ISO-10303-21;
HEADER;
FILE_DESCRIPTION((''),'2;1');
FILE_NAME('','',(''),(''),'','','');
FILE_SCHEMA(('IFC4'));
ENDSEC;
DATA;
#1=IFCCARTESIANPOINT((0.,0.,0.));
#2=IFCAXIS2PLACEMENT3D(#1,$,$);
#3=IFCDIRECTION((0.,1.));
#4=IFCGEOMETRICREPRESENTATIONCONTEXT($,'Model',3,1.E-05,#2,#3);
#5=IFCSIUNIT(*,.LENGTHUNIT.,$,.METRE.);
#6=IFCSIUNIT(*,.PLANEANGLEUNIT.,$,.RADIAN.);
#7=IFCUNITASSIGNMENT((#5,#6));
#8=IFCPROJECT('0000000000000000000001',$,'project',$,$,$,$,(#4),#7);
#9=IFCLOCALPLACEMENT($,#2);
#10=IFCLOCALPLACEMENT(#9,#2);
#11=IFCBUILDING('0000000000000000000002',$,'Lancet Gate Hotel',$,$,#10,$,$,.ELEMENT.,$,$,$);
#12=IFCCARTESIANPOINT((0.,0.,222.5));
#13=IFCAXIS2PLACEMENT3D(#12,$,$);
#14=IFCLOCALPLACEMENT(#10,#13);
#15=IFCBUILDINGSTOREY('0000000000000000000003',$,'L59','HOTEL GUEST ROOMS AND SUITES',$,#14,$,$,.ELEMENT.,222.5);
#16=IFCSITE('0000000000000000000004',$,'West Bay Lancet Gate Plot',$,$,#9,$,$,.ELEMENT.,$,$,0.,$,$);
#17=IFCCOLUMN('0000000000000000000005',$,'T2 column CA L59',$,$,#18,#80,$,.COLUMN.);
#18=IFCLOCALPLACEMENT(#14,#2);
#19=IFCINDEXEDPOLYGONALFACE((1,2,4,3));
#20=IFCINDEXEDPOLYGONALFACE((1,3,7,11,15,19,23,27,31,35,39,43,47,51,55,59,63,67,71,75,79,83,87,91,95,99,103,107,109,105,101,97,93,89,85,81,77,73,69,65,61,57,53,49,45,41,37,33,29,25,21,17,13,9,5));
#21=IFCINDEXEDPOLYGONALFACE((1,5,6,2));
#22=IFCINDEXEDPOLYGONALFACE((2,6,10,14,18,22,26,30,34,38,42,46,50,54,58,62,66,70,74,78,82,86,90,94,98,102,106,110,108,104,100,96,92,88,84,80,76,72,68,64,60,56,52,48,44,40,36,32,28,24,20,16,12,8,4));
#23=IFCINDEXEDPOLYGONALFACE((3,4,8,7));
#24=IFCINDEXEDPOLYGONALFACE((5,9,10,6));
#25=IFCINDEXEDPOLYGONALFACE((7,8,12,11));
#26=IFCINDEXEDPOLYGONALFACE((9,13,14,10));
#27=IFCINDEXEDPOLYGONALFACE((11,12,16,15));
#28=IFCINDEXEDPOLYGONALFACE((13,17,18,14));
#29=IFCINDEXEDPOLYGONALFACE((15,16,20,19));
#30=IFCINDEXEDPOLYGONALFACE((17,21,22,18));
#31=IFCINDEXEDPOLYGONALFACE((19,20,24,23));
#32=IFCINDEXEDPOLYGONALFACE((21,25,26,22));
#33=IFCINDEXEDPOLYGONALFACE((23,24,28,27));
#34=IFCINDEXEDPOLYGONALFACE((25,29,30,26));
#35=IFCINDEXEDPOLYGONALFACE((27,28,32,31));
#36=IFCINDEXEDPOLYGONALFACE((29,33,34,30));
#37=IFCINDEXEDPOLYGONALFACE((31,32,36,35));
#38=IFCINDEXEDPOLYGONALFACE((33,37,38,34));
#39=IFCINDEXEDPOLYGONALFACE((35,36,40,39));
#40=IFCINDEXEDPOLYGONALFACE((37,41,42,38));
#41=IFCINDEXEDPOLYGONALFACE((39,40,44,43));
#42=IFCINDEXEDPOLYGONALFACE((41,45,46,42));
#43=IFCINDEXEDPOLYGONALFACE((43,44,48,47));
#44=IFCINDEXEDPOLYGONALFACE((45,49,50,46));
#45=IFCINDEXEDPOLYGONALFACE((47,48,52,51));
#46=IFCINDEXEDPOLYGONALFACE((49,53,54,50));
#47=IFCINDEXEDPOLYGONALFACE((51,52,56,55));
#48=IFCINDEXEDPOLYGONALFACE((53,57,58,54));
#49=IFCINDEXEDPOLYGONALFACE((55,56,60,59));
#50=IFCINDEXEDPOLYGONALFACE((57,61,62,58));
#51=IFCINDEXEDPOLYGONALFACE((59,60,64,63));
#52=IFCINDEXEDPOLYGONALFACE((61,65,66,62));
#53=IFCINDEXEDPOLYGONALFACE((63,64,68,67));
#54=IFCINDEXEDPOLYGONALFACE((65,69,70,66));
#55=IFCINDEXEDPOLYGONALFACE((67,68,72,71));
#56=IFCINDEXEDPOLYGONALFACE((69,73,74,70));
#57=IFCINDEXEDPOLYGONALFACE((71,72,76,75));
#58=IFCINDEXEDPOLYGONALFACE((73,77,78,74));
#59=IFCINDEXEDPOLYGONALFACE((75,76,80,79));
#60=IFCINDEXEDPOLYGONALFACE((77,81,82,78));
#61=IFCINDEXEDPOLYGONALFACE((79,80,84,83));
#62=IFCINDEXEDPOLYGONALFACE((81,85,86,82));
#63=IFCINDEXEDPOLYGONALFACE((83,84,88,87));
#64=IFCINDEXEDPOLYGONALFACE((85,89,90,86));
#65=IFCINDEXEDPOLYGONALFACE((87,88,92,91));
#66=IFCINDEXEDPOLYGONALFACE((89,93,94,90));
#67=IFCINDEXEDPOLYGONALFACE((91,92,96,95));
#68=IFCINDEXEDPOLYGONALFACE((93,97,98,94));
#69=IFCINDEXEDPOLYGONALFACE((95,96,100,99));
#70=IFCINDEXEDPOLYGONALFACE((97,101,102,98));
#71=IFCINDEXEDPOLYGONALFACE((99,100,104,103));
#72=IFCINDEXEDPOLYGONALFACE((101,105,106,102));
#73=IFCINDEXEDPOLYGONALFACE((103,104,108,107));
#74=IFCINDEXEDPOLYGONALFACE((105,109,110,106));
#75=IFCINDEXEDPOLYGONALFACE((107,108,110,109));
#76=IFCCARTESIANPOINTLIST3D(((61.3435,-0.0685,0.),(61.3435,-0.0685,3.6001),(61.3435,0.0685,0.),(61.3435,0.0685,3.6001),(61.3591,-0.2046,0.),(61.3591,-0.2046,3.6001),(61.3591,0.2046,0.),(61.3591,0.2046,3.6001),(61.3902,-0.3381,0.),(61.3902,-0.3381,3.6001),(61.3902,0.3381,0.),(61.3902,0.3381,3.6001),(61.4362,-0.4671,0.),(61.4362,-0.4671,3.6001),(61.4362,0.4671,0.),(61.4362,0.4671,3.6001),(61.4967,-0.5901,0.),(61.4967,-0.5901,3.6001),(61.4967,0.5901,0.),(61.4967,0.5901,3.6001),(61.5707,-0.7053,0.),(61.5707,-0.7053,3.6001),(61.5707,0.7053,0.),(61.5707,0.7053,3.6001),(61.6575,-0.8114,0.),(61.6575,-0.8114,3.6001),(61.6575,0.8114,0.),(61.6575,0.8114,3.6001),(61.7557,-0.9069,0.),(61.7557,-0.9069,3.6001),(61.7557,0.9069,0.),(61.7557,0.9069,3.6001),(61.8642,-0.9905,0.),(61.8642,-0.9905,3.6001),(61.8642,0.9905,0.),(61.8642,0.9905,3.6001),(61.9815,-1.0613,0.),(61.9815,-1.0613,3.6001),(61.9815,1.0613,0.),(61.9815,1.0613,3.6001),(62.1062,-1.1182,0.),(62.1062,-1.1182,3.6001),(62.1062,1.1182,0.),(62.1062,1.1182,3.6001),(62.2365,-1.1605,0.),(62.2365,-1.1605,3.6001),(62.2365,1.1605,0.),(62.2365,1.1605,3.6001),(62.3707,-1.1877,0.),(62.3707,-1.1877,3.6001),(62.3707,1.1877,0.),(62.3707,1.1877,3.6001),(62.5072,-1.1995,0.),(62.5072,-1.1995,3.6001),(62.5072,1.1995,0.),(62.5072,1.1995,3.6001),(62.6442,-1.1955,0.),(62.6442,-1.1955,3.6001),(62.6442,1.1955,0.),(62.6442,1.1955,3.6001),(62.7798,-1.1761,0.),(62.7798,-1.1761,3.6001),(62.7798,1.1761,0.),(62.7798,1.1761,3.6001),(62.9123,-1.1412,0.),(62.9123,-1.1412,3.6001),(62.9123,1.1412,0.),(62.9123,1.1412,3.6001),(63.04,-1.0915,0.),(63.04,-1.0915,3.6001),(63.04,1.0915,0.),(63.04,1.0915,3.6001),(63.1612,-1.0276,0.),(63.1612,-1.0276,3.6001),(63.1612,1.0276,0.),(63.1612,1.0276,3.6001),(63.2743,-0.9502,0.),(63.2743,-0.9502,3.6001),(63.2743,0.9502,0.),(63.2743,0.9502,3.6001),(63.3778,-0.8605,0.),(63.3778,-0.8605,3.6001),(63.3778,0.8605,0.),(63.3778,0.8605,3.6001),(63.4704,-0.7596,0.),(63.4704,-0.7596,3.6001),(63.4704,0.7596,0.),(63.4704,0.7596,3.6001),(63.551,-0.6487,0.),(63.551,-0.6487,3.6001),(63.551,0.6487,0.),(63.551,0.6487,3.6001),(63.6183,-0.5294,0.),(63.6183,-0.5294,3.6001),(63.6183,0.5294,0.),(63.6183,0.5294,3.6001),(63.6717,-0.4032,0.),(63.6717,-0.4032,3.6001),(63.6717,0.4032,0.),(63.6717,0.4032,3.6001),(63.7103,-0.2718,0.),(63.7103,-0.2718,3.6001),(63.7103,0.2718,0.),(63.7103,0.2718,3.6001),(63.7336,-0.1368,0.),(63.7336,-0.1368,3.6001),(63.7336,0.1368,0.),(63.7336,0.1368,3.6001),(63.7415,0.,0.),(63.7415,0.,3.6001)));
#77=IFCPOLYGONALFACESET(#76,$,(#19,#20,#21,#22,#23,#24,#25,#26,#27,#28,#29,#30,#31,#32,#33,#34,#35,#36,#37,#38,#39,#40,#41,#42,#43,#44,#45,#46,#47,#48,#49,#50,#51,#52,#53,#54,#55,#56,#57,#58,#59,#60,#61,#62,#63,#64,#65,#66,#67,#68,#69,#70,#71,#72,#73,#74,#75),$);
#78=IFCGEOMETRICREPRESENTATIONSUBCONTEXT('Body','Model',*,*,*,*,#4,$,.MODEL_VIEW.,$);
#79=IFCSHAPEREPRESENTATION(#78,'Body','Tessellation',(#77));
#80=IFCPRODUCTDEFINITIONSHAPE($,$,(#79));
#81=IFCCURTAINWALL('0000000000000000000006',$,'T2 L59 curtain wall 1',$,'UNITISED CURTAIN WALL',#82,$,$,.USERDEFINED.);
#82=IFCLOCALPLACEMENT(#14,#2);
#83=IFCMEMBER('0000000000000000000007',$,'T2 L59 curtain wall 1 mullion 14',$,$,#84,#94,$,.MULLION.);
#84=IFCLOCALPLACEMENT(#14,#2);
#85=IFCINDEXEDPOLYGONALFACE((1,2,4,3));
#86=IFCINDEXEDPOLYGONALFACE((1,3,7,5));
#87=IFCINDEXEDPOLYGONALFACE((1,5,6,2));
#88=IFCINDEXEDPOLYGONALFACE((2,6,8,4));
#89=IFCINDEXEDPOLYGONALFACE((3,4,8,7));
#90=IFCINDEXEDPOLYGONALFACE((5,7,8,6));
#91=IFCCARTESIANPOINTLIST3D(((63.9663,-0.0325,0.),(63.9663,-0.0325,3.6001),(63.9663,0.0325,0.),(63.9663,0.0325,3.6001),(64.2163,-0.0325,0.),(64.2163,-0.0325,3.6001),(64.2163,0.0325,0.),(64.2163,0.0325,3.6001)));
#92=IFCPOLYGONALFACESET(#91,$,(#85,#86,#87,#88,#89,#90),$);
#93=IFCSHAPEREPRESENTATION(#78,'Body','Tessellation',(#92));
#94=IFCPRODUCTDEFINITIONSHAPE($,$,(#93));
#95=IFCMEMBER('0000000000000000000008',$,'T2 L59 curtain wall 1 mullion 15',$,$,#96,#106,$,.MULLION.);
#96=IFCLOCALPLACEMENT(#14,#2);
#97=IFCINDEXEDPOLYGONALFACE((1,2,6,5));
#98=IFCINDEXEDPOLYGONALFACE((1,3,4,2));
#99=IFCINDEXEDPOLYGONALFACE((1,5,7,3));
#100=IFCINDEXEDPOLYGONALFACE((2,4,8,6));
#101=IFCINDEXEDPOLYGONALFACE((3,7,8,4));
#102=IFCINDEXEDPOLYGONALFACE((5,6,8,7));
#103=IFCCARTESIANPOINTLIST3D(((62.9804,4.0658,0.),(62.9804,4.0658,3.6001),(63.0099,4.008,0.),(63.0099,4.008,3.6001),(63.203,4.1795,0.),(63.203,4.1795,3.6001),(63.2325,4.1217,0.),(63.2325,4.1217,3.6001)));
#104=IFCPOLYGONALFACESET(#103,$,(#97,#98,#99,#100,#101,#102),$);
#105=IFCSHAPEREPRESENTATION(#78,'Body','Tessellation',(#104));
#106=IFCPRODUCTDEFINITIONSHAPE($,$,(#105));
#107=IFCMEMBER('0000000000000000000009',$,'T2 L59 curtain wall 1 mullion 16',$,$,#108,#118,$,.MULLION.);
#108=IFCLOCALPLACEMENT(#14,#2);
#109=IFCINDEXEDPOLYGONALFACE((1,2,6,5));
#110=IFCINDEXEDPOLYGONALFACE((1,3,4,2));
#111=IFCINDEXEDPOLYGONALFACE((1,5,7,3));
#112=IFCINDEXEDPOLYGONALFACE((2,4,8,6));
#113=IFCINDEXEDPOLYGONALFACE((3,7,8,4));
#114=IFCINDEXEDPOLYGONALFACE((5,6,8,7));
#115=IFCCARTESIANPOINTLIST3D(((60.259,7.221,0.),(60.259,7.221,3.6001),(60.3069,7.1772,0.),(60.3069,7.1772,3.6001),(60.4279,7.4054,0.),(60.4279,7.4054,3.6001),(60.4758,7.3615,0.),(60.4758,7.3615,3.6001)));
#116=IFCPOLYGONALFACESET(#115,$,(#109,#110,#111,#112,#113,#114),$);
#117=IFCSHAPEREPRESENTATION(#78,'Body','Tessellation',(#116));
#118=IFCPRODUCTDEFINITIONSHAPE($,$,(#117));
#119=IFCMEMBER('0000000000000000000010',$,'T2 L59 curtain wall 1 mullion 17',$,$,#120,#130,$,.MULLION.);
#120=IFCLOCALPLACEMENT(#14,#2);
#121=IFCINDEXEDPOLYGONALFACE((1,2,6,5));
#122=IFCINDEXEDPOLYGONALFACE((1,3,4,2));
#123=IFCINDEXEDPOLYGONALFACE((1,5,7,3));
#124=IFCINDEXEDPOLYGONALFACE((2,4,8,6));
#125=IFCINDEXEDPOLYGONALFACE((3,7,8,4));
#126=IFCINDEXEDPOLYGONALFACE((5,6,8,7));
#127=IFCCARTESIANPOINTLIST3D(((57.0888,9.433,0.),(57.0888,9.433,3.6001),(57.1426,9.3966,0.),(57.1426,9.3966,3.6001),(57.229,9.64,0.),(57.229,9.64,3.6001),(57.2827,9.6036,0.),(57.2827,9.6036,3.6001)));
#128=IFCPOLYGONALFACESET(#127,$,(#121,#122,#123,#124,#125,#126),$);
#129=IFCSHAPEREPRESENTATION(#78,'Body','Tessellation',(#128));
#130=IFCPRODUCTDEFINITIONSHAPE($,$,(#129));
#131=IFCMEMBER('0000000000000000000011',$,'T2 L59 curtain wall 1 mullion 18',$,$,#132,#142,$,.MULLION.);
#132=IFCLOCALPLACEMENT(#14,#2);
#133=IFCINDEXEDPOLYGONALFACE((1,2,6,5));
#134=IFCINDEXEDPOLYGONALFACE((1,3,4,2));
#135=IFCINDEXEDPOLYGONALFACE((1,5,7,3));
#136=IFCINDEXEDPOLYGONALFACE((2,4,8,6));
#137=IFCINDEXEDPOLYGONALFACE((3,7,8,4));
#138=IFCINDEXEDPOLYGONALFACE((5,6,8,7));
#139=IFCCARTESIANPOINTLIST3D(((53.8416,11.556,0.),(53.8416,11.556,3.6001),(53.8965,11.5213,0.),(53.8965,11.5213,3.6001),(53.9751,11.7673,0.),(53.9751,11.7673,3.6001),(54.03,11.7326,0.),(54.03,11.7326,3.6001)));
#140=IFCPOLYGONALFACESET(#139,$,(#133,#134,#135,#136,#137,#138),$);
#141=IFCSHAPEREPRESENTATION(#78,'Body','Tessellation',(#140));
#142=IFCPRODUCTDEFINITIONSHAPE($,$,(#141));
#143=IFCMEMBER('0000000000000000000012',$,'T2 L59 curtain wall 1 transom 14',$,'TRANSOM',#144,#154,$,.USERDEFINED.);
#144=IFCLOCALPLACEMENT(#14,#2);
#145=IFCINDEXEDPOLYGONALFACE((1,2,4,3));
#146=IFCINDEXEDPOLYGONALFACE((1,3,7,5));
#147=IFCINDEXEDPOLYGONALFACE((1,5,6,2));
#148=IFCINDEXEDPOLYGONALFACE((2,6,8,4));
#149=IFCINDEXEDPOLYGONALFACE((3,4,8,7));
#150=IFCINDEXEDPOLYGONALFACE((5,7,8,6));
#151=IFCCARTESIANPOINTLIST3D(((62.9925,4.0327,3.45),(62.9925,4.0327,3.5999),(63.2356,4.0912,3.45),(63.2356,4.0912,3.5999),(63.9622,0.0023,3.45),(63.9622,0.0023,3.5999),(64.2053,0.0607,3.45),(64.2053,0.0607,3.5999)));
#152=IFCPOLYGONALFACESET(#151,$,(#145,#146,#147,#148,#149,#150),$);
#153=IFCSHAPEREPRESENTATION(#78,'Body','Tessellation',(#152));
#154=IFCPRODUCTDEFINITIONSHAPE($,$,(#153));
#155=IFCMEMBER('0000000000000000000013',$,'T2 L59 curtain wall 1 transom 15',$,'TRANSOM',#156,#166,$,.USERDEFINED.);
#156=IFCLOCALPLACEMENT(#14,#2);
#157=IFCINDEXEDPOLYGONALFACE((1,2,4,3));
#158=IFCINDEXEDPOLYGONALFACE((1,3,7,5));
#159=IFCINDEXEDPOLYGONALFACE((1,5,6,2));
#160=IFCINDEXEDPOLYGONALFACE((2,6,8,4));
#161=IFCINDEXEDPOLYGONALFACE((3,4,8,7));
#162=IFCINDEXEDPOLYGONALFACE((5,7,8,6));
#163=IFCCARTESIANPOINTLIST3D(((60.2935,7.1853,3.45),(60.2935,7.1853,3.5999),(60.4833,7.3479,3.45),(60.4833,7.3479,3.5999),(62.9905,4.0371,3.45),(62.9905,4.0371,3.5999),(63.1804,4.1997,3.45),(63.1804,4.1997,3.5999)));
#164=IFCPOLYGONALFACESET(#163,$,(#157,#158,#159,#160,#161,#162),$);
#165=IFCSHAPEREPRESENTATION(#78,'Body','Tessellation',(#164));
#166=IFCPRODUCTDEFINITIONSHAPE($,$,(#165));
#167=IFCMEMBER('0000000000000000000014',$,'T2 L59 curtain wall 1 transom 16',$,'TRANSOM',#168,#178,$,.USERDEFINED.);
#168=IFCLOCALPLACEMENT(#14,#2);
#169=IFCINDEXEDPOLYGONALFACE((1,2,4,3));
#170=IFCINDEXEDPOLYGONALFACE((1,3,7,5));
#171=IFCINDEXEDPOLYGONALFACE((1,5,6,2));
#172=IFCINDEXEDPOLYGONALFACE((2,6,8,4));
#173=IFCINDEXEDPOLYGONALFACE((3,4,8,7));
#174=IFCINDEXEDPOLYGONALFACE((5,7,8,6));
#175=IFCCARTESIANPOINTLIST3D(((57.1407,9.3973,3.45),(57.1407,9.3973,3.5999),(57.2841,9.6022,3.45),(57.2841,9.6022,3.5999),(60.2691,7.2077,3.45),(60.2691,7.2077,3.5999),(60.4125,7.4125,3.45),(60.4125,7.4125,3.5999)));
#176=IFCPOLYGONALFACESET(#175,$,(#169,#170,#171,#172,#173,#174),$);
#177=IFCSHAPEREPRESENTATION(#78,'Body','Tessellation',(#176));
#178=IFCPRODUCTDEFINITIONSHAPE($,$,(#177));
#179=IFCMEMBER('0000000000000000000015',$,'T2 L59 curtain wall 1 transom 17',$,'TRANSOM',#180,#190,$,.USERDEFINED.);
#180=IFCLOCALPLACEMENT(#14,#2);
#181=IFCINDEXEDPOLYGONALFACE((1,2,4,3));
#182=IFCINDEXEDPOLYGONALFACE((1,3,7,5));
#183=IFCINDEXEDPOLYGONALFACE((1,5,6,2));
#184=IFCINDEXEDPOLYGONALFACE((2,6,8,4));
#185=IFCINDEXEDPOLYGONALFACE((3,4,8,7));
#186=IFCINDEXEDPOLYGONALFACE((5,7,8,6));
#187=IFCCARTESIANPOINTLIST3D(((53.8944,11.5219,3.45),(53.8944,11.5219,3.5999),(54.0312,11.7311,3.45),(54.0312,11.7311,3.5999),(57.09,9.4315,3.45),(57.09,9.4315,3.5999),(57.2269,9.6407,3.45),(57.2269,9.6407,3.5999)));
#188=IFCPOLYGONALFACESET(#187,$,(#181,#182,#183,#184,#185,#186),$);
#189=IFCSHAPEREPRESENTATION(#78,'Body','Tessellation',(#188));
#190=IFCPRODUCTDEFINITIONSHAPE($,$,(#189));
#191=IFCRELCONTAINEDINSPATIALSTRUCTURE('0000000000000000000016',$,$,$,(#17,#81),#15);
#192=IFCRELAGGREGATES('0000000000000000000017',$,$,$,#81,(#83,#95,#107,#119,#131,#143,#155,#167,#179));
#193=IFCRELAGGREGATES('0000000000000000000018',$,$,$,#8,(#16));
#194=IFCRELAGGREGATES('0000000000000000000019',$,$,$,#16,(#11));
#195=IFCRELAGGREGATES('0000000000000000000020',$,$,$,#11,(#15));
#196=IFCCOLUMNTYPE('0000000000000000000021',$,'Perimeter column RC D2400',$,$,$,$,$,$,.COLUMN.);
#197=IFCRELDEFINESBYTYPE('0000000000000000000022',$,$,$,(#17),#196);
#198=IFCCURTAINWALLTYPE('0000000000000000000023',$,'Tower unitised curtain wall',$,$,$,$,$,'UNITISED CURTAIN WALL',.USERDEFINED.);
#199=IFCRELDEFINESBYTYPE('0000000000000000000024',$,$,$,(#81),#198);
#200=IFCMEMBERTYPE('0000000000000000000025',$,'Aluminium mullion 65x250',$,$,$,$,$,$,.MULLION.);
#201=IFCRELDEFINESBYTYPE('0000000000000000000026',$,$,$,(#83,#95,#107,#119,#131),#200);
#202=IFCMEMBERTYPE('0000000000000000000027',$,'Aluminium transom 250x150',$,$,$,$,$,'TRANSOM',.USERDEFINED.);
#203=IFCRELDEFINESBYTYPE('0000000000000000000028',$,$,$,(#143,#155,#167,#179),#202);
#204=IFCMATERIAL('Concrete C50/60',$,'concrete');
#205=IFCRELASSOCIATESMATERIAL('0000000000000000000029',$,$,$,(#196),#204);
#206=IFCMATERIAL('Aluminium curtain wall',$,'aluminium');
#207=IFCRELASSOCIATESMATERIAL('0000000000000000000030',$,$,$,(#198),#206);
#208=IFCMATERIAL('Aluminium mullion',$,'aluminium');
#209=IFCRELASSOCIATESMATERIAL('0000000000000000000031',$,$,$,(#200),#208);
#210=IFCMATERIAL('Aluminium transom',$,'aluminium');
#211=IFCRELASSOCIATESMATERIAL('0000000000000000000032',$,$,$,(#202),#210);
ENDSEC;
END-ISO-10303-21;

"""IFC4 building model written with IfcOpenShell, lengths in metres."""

from ifc_helpers import new_model, si_unit, direction, frame, origin, origin_2d, place, context, subcontext, project, spatial, rectangle, circle, extrude, material, material_profile, profile_set, type_object, element, aggregate, save


model = new_model("IFC4")

# Units and contexts
model_context = context("Model", 3, precision=1e-05, world=origin(), true_north=direction((0.0, 1.0)))
body_context = subcontext(model_context, "Body", "Model", "MODEL_VIEW")
ifc_project = project(units=[si_unit("LENGTHUNIT", "METRE"), si_unit("PLANEANGLEUNIT", "RADIAN")], contexts=[model_context])

# Site, building, storey
site_placement = place(None, origin())
site = spatial("IfcSite", under=ifc_project, at=site_placement, Name="West Bay Lancet Gate Plot", CompositionType="ELEMENT", RefElevation=0.0)
building_placement = place(site_placement, origin())
building = spatial("IfcBuilding", under=site, at=building_placement, Name="Lancet Gate Hotel", CompositionType="ELEMENT")
storey_placement = place(building_placement, frame((0.0, 0.0, 222.5)))
storey = spatial("IfcBuildingStorey", under=building, at=storey_placement, Name="L59", Description="HOTEL GUEST ROOMS AND SUITES", CompositionType="ELEMENT", Elevation=222.5)

# Column
ifc_material_1 = material(Name="Concrete C50/60", Category="concrete")
ifc_material_profile_1 = material_profile(ifc_material_1, circle(Radius=1.2, at=origin_2d()), Name="RC D2400")
ifc_profile_set_1 = profile_set([ifc_material_profile_1], Name="Concrete C50/60")
column_type = type_object("IfcColumnType", Name="Perimeter column RC D2400", PredefinedType="COLUMN", material=ifc_profile_set_1)
column_placement = place(storey_placement, frame((62.5415, 0.0, 0.0), z_axis=(0.0, 0.0, 1.0), x_axis=(1.0, 0.0, 0.0)))
element("IfcColumn", 1, at=column_placement, inside=storey, type_object=column_type, Name="T2 column CA L59", PredefinedType="COLUMN", context=body_context, shape_type="SweptSolid", body=[
    extrude(circle(Radius=1.2, at=origin_2d()), origin(), (0.0, 0.0, 1.0), 3.6001),
])

# Curtain wall, members
ifc_material_2 = material(Name="Aluminium curtain wall", Category="aluminium")
curtain_wall_type = type_object("IfcCurtainWallType", Name="Tower unitised curtain wall", ElementType="UNITISED CURTAIN WALL", PredefinedType="USERDEFINED", material=ifc_material_2)
curtain_wall_placement = place(storey_placement, origin())
curtain_wall = element("IfcCurtainWall", 2, at=curtain_wall_placement, inside=storey, type_object=curtain_wall_type, Name="T2 L59 curtain wall 1", ObjectType="UNITISED CURTAIN WALL", PredefinedType="USERDEFINED")
ifc_material_3 = material(Name="Aluminium mullion", Category="aluminium")
ifc_material_profile_2 = material_profile(ifc_material_3, rectangle(XDim=0.0649, YDim=0.25, at=origin_2d()), Name="MULLION 65x250")
ifc_profile_set_2 = profile_set([ifc_material_profile_2], Name="Aluminium mullion")
member_type_1 = type_object("IfcMemberType", Name="Aluminium mullion 65x250", PredefinedType="MULLION", material=ifc_profile_set_2)
member_1_placement = place(storey_placement, frame((64.0913, 0.0, 0.0), z_axis=(0.0, 0.0, 1.0), x_axis=(0.0, 1.0, 0.0)))
member_1 = element("IfcMember", 3, at=member_1_placement, type_object=member_type_1, Name="T2 L59 curtain wall 1 mullion 14", PredefinedType="MULLION", context=body_context, shape_type="SweptSolid", body=[
    extrude(rectangle(XDim=0.0649, YDim=0.25, at=origin_2d()), origin(), (0.0, 0.0, 1.0), 3.6001),
])
member_2_placement = place(storey_placement, frame((63.1064, 4.0938, 0.0), z_axis=(0.0, 0.0, 1.0), x_axis=(-0.454853, 0.890567, 0.0)))
member_2 = element("IfcMember", 4, at=member_2_placement, type_object=member_type_1, Name="T2 L59 curtain wall 1 mullion 15", PredefinedType="MULLION", context=body_context, shape_type="SweptSolid", body=[
    extrude(rectangle(XDim=0.0649, YDim=0.25, at=origin_2d()), origin(), (0.0, 0.0, 1.0), 3.6001),
])
member_3_placement = place(storey_placement, frame((60.3674, 7.2913, 0.0), z_axis=(0.0, 0.0, 1.0), x_axis=(-0.737323, 0.67554, 0.0)))
member_3 = element("IfcMember", 5, at=member_3_placement, type_object=member_type_1, Name="T2 L59 curtain wall 1 mullion 16", PredefinedType="MULLION", context=body_context, shape_type="SweptSolid", body=[
    extrude(rectangle(XDim=0.0649, YDim=0.25, at=origin_2d()), origin(), (0.0, 0.0, 1.0), 3.6001),
])
member_4_placement = place(storey_placement, frame((57.1858, 9.5183, 0.0), z_axis=(0.0, 0.0, 1.0), x_axis=(-0.828155, 0.5605, 0.0)))
member_4 = element("IfcMember", 6, at=member_4_placement, type_object=member_type_1, Name="T2 L59 curtain wall 1 mullion 17", PredefinedType="MULLION", context=body_context, shape_type="SweptSolid", body=[
    extrude(rectangle(XDim=0.0649, YDim=0.25, at=origin_2d()), origin(), (0.0, 0.0, 1.0), 3.6001),
])
member_5_placement = place(storey_placement, frame((53.9358, 11.6443, 0.0), z_axis=(0.0, 0.0, 1.0), x_axis=(-0.84534, 0.534229, 0.0)))
member_5 = element("IfcMember", 7, at=member_5_placement, type_object=member_type_1, Name="T2 L59 curtain wall 1 mullion 18", PredefinedType="MULLION", context=body_context, shape_type="SweptSolid", body=[
    extrude(rectangle(XDim=0.0649, YDim=0.25, at=origin_2d()), origin(), (0.0, 0.0, 1.0), 3.6001),
])
ifc_material_4 = material(Name="Aluminium transom", Category="aluminium")
ifc_material_profile_3 = material_profile(ifc_material_4, rectangle(XDim=0.25, YDim=0.1499, at=origin_2d()), Name="TRANSOM 250x150")
ifc_profile_set_3 = profile_set([ifc_material_profile_3], Name="Aluminium transom")
member_type_2 = type_object("IfcMemberType", Name="Aluminium transom 250x150", ElementType="TRANSOM", PredefinedType="USERDEFINED", material=ifc_profile_set_3)
member_6_placement = place(storey_placement, frame((64.0837, 0.0315, 3.5249), z_axis=(-0.233921, 0.972256, 0.0), x_axis=(-0.972256, -0.233921, 0.0)))
member_6 = element("IfcMember", 8, at=member_6_placement, type_object=member_type_2, Name="T2 L59 curtain wall 1 transom 14", ObjectType="TRANSOM", PredefinedType="USERDEFINED", context=body_context, shape_type="SweptSolid", body=[
    extrude(rectangle(XDim=0.25, YDim=0.1499, at=origin_2d()), origin(), (0.0, 0.0, 1.0), 4.1455),
])
member_7_placement = place(storey_placement, frame((63.0854, 4.1184, 3.5249), z_axis=(-0.650593, 0.759427, 0.0), x_axis=(-0.759427, -0.650593, 0.0)))
member_7 = element("IfcMember", 9, at=member_7_placement, type_object=member_type_2, Name="T2 L59 curtain wall 1 transom 15", ObjectType="TRANSOM", PredefinedType="USERDEFINED", context=body_context, shape_type="SweptSolid", body=[
    extrude(rectangle(XDim=0.25, YDim=0.1499, at=origin_2d()), origin(), (0.0, 0.0, 1.0), 4.1455),
])
member_8_placement = place(storey_placement, frame((60.3408, 7.3101, 3.5249), z_axis=(-0.819256, 0.573428, 0.0), x_axis=(-0.573428, -0.819256, 0.0)))
member_8 = element("IfcMember", 10, at=member_8_placement, type_object=member_type_2, Name="T2 L59 curtain wall 1 transom 16", ObjectType="TRANSOM", PredefinedType="USERDEFINED", context=body_context, shape_type="SweptSolid", body=[
    extrude(rectangle(XDim=0.25, YDim=0.1499, at=origin_2d()), origin(), (0.0, 0.0, 1.0), 3.8186),
])
member_9_placement = place(storey_placement, frame((57.1584, 9.5361, 3.5249), z_axis=(-0.836858, 0.54742, 0.0), x_axis=(-0.54742, -0.836858, 0.0)))
member_9 = element("IfcMember", 11, at=member_9_placement, type_object=member_type_2, Name="T2 L59 curtain wall 1 transom 17", ObjectType="TRANSOM", PredefinedType="USERDEFINED", context=body_context, shape_type="SweptSolid", body=[
    extrude(rectangle(XDim=0.25, YDim=0.1499, at=origin_2d()), origin(), (0.0, 0.0, 1.0), 3.8186),
])

aggregate(curtain_wall, [member_1, member_2, member_3, member_4, member_5, member_6, member_7, member_8, member_9])

save(model, "model.ifc")
